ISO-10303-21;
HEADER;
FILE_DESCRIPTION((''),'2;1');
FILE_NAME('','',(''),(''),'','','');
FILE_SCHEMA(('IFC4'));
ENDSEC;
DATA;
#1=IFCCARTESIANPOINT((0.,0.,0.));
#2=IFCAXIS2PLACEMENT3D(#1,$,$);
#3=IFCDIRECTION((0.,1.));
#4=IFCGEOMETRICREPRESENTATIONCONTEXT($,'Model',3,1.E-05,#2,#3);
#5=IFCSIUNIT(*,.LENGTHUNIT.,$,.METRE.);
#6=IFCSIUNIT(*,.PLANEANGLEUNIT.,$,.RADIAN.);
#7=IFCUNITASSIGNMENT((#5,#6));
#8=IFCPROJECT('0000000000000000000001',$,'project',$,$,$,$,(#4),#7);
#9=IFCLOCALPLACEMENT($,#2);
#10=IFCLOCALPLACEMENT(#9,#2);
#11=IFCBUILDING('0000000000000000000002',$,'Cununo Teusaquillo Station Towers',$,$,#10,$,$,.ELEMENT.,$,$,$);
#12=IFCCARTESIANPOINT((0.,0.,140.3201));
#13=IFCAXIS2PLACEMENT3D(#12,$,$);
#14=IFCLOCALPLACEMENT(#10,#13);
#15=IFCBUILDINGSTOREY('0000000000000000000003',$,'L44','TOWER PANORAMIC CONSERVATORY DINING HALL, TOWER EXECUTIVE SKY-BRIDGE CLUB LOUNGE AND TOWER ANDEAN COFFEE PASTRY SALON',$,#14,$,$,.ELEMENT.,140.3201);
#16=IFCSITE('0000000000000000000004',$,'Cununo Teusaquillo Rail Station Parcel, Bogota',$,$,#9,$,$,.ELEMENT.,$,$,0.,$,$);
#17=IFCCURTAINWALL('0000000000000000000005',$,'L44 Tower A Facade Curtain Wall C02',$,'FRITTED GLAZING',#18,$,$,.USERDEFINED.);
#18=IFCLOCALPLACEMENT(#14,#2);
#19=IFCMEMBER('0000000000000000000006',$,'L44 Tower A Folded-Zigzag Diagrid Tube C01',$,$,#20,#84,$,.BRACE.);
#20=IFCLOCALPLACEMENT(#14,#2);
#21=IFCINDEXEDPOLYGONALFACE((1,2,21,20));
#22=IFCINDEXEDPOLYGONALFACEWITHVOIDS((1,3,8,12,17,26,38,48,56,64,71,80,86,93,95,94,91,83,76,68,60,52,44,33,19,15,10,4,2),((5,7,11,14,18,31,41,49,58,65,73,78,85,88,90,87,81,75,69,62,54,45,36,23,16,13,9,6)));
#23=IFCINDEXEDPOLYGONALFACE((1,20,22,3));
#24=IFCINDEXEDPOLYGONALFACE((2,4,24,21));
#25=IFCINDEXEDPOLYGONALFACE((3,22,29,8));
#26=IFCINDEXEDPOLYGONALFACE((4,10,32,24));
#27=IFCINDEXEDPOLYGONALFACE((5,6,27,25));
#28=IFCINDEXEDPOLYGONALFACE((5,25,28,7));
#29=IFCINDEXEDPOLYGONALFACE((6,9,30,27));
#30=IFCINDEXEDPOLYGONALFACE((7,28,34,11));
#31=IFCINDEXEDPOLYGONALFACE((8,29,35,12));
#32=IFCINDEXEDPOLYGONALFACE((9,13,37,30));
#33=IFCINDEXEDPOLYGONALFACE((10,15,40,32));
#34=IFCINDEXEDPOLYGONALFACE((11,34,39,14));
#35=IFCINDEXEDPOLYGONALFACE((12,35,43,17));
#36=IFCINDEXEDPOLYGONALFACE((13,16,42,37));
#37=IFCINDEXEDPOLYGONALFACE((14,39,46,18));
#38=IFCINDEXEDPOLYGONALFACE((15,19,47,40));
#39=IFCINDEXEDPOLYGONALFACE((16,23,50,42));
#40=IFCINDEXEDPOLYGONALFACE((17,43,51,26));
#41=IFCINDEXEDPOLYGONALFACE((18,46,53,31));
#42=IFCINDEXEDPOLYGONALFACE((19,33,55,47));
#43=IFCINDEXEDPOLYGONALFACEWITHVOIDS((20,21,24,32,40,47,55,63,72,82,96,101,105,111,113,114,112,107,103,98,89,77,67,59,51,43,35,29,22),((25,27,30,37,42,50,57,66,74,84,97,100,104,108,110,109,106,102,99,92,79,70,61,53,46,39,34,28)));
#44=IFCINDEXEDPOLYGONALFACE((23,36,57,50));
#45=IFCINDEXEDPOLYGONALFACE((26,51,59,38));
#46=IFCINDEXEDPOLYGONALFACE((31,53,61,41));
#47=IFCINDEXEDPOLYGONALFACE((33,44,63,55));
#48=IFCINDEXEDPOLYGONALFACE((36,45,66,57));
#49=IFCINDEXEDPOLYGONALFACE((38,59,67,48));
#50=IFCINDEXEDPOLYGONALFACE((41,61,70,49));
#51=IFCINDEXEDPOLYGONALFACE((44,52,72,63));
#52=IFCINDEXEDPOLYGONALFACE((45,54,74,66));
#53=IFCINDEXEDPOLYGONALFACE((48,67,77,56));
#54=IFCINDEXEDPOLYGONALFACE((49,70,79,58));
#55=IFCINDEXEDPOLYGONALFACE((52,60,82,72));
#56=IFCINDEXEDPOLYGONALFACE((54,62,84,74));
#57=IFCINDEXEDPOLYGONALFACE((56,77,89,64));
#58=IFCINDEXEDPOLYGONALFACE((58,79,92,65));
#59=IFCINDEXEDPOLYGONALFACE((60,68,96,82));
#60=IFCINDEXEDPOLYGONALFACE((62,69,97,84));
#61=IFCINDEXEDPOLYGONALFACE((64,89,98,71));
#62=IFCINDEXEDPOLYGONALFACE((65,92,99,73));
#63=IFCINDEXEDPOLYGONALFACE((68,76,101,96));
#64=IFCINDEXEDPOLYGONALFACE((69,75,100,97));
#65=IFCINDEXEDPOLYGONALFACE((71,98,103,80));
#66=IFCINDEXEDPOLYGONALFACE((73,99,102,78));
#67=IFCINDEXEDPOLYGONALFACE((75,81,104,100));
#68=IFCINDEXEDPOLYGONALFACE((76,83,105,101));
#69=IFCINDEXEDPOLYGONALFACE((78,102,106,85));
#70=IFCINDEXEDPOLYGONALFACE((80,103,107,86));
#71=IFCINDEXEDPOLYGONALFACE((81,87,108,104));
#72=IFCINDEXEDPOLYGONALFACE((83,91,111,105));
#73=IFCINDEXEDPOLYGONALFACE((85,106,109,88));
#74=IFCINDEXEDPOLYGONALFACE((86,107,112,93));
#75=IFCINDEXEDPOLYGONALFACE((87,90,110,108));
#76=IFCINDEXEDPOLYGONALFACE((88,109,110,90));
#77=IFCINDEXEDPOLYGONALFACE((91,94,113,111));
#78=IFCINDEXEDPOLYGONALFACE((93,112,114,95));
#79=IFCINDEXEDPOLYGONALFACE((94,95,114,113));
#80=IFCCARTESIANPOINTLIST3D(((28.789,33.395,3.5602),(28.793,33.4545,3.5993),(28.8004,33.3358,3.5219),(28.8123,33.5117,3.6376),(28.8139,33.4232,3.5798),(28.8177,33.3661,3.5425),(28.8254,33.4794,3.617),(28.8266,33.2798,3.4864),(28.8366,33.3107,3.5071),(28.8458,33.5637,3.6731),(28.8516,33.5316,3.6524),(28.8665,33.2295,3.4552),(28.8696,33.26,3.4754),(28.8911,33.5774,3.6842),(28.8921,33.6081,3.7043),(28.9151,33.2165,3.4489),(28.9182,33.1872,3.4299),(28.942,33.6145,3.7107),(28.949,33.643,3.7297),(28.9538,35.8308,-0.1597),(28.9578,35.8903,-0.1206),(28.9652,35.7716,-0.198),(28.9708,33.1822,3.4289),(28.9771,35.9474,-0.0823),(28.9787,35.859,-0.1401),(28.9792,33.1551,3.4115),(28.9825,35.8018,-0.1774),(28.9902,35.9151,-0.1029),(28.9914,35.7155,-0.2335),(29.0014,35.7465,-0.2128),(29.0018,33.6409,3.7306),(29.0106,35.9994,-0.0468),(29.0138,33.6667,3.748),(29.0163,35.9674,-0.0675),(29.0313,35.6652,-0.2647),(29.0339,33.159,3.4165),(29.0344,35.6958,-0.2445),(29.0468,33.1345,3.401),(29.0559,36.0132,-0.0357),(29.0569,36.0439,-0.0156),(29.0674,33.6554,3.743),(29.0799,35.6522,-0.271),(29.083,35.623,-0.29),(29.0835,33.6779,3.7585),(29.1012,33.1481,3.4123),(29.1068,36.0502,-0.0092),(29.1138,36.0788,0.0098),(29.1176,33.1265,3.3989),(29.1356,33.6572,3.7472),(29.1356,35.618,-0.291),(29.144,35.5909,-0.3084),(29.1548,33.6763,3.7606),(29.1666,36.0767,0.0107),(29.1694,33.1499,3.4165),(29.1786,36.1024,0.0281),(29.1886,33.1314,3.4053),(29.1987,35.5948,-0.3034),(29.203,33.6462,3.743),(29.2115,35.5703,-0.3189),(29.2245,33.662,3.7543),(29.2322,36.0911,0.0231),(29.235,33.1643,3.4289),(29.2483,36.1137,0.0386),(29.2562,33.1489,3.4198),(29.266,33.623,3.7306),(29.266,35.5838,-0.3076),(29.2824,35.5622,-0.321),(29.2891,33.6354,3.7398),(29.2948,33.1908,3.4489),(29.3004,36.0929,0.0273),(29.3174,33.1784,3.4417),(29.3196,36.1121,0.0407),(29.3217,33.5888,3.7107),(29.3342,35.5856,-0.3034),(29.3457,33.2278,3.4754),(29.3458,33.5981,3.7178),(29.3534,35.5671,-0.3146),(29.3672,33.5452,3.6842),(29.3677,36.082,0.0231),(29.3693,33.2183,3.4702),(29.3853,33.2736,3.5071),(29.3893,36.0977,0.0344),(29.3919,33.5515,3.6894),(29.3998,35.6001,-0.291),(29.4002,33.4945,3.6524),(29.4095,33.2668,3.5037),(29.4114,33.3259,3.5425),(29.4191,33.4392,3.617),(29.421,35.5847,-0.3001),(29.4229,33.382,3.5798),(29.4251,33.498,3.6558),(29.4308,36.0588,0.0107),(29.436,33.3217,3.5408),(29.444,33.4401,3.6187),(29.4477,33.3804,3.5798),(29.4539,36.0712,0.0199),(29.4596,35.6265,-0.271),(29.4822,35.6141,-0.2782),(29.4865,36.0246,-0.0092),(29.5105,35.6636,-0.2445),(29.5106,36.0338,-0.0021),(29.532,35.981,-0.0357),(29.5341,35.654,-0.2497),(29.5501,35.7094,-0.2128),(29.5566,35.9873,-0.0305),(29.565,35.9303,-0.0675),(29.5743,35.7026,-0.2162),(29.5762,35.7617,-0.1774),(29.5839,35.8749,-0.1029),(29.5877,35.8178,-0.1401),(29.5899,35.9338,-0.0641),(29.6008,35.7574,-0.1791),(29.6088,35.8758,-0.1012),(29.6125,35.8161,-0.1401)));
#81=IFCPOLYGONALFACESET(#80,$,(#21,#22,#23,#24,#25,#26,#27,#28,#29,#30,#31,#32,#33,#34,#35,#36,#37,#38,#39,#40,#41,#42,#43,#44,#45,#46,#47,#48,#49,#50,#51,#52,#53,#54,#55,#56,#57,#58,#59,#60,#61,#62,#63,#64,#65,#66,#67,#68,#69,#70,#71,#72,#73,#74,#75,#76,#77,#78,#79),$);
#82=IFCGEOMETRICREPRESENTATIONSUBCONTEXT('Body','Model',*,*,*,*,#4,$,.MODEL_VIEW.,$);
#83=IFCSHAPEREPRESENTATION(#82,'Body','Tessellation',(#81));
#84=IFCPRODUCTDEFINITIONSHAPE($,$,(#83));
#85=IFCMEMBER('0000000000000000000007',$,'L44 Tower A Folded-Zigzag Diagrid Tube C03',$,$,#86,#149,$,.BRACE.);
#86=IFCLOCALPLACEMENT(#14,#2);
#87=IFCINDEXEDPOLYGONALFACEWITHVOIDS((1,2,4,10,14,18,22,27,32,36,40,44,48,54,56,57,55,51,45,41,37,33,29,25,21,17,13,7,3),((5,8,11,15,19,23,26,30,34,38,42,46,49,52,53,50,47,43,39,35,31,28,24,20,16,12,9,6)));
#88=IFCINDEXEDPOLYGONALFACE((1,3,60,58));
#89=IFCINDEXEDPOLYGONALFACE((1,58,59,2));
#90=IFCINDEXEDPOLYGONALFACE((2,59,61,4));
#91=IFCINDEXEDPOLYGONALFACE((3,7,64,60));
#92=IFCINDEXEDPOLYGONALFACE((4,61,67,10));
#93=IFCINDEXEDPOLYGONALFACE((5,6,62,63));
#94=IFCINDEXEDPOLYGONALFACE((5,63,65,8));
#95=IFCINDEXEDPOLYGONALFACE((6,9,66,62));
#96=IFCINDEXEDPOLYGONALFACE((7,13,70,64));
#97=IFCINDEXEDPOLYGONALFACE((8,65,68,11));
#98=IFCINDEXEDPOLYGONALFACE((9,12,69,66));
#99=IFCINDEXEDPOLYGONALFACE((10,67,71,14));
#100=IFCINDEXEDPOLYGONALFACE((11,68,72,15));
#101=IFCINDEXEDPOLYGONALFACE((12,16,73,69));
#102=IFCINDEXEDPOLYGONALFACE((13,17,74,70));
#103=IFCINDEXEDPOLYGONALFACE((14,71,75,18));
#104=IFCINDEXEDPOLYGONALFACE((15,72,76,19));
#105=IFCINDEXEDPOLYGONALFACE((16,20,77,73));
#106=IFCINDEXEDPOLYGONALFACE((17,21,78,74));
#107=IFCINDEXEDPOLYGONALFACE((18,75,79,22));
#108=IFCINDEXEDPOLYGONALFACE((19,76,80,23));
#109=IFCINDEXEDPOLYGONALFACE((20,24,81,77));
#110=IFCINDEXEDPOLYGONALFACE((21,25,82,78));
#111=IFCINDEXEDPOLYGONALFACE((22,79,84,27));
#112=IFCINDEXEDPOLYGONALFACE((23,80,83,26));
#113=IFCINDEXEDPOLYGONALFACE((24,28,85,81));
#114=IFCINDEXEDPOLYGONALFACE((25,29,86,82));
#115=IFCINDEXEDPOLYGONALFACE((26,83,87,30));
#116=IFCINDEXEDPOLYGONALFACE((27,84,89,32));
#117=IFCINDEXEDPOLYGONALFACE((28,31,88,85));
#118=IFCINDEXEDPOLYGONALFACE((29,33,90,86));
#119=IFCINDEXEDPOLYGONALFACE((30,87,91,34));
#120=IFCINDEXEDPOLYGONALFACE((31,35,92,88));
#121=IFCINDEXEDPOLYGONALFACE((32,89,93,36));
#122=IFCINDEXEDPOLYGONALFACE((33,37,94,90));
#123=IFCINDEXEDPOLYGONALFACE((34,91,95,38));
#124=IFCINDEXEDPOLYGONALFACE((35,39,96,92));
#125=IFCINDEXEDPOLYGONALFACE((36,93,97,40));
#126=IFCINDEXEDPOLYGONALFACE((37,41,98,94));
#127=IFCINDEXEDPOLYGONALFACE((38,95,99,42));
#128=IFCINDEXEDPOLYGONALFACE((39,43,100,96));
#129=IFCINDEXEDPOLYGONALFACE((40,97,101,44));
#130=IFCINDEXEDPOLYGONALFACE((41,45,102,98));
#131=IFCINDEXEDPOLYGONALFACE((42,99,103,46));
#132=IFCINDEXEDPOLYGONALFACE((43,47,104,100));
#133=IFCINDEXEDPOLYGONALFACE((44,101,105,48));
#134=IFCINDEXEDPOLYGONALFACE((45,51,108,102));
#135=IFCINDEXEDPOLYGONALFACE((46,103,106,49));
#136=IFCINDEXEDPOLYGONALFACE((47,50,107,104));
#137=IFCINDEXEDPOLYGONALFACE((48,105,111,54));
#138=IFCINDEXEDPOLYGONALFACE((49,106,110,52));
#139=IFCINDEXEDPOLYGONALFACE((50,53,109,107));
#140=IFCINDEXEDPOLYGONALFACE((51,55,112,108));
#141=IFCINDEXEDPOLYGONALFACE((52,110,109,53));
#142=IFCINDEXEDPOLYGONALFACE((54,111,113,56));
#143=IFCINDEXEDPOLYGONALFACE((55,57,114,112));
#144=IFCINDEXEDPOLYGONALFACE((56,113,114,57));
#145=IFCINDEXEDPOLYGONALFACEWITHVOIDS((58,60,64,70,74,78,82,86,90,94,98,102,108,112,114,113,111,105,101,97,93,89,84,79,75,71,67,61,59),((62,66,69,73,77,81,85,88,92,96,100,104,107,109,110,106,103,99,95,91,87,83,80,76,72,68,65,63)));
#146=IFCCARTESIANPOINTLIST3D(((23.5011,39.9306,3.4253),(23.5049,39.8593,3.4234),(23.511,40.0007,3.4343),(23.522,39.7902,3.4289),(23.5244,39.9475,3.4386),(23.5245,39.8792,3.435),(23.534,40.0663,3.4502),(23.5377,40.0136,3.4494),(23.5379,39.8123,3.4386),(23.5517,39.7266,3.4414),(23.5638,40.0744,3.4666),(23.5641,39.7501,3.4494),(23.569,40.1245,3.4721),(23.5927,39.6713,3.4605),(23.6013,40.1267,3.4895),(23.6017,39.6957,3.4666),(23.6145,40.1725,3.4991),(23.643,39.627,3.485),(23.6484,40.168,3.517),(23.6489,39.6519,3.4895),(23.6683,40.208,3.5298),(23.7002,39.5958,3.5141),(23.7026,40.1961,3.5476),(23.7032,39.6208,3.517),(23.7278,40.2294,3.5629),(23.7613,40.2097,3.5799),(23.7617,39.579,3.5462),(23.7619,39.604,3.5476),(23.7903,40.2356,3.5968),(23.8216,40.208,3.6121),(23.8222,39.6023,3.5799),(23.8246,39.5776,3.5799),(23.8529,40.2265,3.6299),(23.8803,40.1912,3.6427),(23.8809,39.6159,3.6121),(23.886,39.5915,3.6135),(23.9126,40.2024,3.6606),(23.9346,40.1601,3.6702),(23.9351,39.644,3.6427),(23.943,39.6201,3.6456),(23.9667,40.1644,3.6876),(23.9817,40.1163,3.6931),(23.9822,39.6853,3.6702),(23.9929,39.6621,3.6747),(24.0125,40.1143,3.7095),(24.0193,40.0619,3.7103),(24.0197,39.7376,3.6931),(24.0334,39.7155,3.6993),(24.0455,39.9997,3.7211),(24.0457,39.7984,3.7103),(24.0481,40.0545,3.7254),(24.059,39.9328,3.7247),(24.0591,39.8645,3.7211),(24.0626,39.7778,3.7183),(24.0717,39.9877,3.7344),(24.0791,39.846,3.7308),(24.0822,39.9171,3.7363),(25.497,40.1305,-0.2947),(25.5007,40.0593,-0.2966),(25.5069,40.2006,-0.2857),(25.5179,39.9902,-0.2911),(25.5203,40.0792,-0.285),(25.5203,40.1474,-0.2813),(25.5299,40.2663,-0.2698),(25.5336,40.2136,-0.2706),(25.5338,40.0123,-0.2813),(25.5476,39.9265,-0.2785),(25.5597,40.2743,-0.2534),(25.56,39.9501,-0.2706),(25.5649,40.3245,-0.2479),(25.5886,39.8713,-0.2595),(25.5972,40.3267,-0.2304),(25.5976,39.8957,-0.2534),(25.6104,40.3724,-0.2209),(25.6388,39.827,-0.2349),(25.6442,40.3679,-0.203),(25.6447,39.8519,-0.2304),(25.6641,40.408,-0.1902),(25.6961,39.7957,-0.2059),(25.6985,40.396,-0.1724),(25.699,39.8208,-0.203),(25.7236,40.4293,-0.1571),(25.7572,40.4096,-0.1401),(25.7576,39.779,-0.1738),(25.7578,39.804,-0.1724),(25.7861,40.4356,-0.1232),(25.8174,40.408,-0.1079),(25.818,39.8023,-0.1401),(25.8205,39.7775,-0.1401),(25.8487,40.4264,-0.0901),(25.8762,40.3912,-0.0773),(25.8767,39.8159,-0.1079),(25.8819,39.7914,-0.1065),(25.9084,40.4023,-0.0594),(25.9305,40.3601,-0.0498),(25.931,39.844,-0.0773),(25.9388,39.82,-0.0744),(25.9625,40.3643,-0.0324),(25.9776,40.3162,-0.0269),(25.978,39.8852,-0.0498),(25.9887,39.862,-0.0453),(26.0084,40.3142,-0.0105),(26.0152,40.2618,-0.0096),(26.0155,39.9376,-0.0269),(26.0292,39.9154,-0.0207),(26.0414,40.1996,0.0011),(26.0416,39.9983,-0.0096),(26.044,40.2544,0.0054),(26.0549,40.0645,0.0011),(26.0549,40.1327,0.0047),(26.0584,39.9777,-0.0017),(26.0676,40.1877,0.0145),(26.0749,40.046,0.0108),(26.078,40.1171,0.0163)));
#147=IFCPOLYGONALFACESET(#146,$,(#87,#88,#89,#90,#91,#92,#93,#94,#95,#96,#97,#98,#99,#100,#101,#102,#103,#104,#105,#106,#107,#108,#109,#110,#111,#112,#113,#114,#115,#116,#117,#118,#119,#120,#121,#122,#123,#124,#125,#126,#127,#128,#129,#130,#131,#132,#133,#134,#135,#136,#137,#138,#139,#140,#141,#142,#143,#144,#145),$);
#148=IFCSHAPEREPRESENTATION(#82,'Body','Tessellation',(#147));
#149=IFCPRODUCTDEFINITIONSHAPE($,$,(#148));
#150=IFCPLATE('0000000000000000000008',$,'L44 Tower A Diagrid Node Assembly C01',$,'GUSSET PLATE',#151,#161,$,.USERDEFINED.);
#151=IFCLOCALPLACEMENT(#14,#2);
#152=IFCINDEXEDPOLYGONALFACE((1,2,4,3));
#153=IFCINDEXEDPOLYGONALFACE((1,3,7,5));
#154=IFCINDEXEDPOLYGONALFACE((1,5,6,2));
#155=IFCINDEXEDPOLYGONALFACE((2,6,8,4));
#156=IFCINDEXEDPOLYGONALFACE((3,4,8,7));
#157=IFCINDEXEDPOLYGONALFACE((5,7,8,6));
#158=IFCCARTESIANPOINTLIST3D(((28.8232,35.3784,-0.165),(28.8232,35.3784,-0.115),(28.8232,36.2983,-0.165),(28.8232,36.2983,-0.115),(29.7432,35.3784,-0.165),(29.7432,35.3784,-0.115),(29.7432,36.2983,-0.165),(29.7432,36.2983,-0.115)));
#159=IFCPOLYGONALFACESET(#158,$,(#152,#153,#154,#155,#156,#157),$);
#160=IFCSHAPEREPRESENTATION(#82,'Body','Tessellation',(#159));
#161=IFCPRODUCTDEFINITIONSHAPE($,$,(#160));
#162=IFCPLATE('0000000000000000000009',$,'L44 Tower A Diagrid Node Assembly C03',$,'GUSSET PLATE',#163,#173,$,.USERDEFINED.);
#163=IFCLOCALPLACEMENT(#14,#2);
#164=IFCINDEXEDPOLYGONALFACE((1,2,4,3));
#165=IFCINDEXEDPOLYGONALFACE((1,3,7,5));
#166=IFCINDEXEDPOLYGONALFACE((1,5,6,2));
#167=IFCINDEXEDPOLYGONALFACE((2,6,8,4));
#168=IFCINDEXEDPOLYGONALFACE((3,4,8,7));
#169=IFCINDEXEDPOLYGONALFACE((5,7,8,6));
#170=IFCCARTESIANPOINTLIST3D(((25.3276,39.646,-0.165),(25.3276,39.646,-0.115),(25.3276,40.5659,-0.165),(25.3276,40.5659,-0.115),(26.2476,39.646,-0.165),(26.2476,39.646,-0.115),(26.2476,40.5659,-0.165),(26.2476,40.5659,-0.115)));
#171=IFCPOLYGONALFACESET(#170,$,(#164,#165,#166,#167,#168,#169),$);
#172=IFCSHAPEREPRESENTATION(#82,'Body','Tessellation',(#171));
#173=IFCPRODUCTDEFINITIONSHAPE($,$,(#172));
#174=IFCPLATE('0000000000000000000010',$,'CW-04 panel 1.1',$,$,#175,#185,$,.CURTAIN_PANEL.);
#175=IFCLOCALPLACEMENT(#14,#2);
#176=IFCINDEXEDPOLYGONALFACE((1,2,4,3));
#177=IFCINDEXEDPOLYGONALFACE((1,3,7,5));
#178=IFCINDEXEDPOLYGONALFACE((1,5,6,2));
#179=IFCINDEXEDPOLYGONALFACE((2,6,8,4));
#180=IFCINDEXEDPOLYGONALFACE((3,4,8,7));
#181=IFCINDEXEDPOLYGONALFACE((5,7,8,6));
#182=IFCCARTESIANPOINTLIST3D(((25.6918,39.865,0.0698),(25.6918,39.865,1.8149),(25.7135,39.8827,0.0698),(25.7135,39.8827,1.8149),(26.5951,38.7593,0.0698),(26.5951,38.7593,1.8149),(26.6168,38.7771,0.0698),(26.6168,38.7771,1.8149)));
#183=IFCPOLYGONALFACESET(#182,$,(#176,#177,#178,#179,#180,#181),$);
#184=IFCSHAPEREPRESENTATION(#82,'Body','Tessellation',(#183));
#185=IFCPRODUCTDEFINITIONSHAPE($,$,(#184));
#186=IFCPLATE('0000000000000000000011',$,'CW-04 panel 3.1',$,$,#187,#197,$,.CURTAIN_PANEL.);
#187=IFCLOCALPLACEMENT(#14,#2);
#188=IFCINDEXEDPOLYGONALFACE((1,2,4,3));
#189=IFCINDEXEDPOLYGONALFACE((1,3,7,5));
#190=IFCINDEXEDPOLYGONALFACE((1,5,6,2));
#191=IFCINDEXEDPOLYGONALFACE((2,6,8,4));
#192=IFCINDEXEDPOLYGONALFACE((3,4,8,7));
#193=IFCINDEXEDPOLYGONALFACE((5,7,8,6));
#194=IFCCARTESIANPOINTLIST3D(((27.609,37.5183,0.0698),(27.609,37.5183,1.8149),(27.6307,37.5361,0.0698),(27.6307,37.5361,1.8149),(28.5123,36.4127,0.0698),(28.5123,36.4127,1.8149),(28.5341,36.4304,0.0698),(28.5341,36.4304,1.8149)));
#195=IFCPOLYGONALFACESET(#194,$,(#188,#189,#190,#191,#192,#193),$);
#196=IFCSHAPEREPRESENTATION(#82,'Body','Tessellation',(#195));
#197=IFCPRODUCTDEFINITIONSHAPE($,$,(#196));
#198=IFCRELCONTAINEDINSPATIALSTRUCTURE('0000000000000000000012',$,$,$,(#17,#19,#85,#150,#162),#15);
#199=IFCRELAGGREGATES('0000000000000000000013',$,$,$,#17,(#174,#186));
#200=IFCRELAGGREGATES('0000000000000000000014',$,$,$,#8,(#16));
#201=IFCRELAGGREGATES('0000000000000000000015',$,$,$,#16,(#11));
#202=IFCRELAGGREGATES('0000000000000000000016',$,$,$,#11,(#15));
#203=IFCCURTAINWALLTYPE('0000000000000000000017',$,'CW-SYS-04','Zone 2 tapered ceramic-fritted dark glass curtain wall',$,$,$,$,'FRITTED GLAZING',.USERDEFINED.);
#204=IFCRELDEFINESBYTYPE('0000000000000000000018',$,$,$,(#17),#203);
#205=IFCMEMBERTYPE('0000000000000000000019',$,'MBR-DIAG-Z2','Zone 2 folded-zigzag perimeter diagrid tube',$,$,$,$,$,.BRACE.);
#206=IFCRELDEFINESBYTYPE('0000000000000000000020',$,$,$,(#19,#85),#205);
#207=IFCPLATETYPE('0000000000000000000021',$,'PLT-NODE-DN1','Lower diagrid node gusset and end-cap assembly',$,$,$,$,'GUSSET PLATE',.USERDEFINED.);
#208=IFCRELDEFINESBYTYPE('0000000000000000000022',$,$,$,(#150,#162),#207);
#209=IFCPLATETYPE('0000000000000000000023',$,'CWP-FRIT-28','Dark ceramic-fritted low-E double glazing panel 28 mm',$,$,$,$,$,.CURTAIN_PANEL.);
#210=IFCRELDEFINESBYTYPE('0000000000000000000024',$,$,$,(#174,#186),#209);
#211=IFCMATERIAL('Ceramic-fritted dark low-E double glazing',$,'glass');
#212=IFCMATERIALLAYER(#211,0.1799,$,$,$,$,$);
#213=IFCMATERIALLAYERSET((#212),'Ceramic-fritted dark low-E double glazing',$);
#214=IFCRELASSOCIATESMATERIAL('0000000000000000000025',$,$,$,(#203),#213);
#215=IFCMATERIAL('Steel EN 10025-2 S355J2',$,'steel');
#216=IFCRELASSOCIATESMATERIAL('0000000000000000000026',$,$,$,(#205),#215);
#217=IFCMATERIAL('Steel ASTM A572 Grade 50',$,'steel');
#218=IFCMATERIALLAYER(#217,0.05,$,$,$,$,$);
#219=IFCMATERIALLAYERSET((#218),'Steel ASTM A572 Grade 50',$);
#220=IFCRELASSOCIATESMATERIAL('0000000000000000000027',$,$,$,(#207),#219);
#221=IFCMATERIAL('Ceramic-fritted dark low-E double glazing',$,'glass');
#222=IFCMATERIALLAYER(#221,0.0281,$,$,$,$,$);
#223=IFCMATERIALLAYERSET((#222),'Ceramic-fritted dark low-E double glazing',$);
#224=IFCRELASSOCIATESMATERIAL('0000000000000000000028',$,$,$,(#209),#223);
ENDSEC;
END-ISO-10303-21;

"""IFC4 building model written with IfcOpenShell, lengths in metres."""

from ifc_helpers import new_model, si_unit, direction, frame, origin, origin_2d, place, context, subcontext, project, spatial, rectangle, hollow_circle, extrude, source, transform, mapped, material, layer, layer_set, material_profile, profile_set, type_object, element, aggregate, save


model = new_model("IFC4")

# Units and contexts
model_context = context("Model", 3, precision=1e-05, world=origin(), true_north=direction((0.0, 1.0)))
body_context = subcontext(model_context, "Body", "Model", "MODEL_VIEW")
ifc_project = project(units=[si_unit("LENGTHUNIT", "METRE"), si_unit("PLANEANGLEUNIT", "RADIAN")], contexts=[model_context])

# Site, building, storey
site_placement = place(None, origin())
site = spatial("IfcSite", under=ifc_project, at=site_placement, Name="Cununo Teusaquillo Rail Station Parcel, Bogota", CompositionType="ELEMENT", RefElevation=0.0)
building_placement = place(site_placement, origin())
building = spatial("IfcBuilding", under=site, at=building_placement, Name="Cununo Teusaquillo Station Towers", CompositionType="ELEMENT")
storey_placement = place(building_placement, frame((0.0, 0.0, 140.3201)))
storey = spatial("IfcBuildingStorey", under=building, at=storey_placement, Name="L44", Description="TOWER PANORAMIC CONSERVATORY DINING HALL, TOWER EXECUTIVE SKY-BRIDGE CLUB LOUNGE AND TOWER ANDEAN COFFEE PASTRY SALON", CompositionType="ELEMENT", Elevation=140.3201)

# Curtain wall
ifc_material_1 = material(Name="Ceramic-fritted dark low-E double glazing", Category="glass")
ifc_layer_1 = layer(ifc_material_1, 0.1799)
ifc_layer_set_1 = layer_set([ifc_layer_1], Name="Ceramic-fritted dark low-E double glazing")
curtain_wall_type = type_object("IfcCurtainWallType", Name="CW-SYS-04", Description="Zone 2 tapered ceramic-fritted dark glass curtain wall", ElementType="FRITTED GLAZING", PredefinedType="USERDEFINED", material=ifc_layer_set_1)
curtain_wall_placement = place(storey_placement, origin())
curtain_wall = element("IfcCurtainWall", 1, at=curtain_wall_placement, inside=storey, type_object=curtain_wall_type, Name="L44 Tower A Facade Curtain Wall C02", ObjectType="FRITTED GLAZING", PredefinedType="USERDEFINED")

# Members
ifc_material_2 = material(Name="Steel EN 10025-2 S355J2", Category="steel")
ifc_material_profile_1 = material_profile(ifc_material_2, hollow_circle(Radius=0.3301, WallThickness=0.0249, at=origin_2d()), Name="CHS 660x25")
ifc_profile_set_1 = profile_set([ifc_material_profile_1], Name="Steel EN 10025-2 S355J2")
member_type_1 = type_object("IfcMemberType", Name="MBR-DIAG-Z2", Description="Zone 2 folded-zigzag perimeter diagrid tube", PredefinedType="BRACE", material=ifc_profile_set_1)
member_1_placement = place(storey_placement, frame((29.2832, 35.8384, -0.1401), z_axis=(-0.037036, -0.547425, 0.836035), x_axis=(0.997719, -0.067501, 0.0)))
element("IfcMember", 2, at=member_1_placement, inside=storey, type_object=member_type_1, Name="L44 Tower A Folded-Zigzag Diagrid Tube C01", PredefinedType="BRACE", context=body_context, shape_type="SweptSolid", body=[
    extrude(hollow_circle(Radius=0.3301, WallThickness=0.0249, at=origin_2d()), origin(), (0.0, 0.0, 1.0), 4.4495),
])
member_2_placement = place(storey_placement, frame((25.7876, 40.106, -0.1401), z_axis=(-0.472246, -0.047311, 0.880196), x_axis=(0.099684, -0.995019, 0.0)))
element("IfcMember", 3, at=member_2_placement, inside=storey, type_object=member_type_1, Name="L44 Tower A Folded-Zigzag Diagrid Tube C03", PredefinedType="BRACE", context=body_context, shape_type="SweptSolid", body=[
    extrude(hollow_circle(Radius=0.3301, WallThickness=0.0249, at=origin_2d()), origin(), (0.0, 0.0, 1.0), 4.2263),
])

# Plates
ifc_material_3 = material(Name="Steel ASTM A572 Grade 50", Category="steel")
ifc_layer_2 = layer(ifc_material_3, 0.05)
ifc_layer_set_2 = layer_set([ifc_layer_2], Name="Steel ASTM A572 Grade 50")
plate_type_1 = type_object("IfcPlateType", Name="PLT-NODE-DN1", Description="Lower diagrid node gusset and end-cap assembly", ElementType="GUSSET PLATE", PredefinedType="USERDEFINED", material=ifc_layer_set_2)
shared_shape_1 = source(origin(), body_context, "Body", "SweptSolid", [
    extrude(rectangle(XDim=0.9199, YDim=0.9199, at=origin_2d()), origin(), (0.0, 0.0, 1.0), 0.05),
])
for number, where, z_axis, x_axis, name in (
    (4, (29.2832, 35.8384, -0.165), (0.0, 0.0, 1.0), (1.0, 0.0, 0.0), "L44 Tower A Diagrid Node Assembly C01"),
    (5, (25.7876, 40.106, -0.165), (0.0, 0.0, 1.0), (1.0, 0.0, 0.0), "L44 Tower A Diagrid Node Assembly C03"),
):
    element("IfcPlate", number, at=place(storey_placement, frame(where, z_axis=z_axis, x_axis=x_axis)), inside=storey, type_object=plate_type_1, Name=name, ObjectType="GUSSET PLATE", PredefinedType="USERDEFINED", context=body_context, shape_type="MappedRepresentation", body=[
        mapped(shared_shape_1, transform((0.0, 0.0, 0.0), x_axis=(1.0, 0.0, 0.0), y_axis=(0.0, 1.0, 0.0), z_axis=(0.0, 0.0, 1.0), scale=1.0)),
    ])

# Plates
ifc_material_4 = material(Name="Ceramic-fritted dark low-E double glazing", Category="glass")
ifc_layer_3 = layer(ifc_material_4, 0.0281)
ifc_layer_set_3 = layer_set([ifc_layer_3], Name="Ceramic-fritted dark low-E double glazing")
plate_type_2 = type_object("IfcPlateType", Name="CWP-FRIT-28", Description="Dark ceramic-fritted low-E double glazing panel 28 mm", PredefinedType="CURTAIN_PANEL", material=ifc_layer_set_3)
shared_shape_2 = source(origin(), body_context, "Body", "SweptSolid", [
    extrude(rectangle(XDim=1.4277, YDim=0.0281, at=origin_2d()), origin(), (0.0, 0.0, 1.0), 1.7451),
])
plate_1_placement = place(storey_placement, frame((26.1543, 39.321, 0.0698), z_axis=(0.0, 0.0, 1.0), x_axis=(0.632704, -0.774394, 0.0)))
plate_1 = element("IfcPlate", 6, at=plate_1_placement, type_object=plate_type_2, Name="CW-04 panel 1.1", PredefinedType="CURTAIN_PANEL", context=body_context, shape_type="MappedRepresentation", body=[
    mapped(shared_shape_2, transform((0.0, 0.0, 0.0), x_axis=(1.0, 0.0, 0.0), y_axis=(0.0, 1.0, 0.0), z_axis=(0.0, 0.0, 1.0), scale=1.0)),
])
plate_2_placement = place(storey_placement, frame((28.0715, 36.9744, 0.0698), z_axis=(0.0, 0.0, 1.0), x_axis=(0.632704, -0.774394, 0.0)))
plate_2 = element("IfcPlate", 7, at=plate_2_placement, type_object=plate_type_2, Name="CW-04 panel 3.1", PredefinedType="CURTAIN_PANEL", context=body_context, shape_type="MappedRepresentation", body=[
    mapped(shared_shape_2, transform((0.0, 0.0, 0.0), x_axis=(1.0, 0.0, 0.0), y_axis=(0.0, 1.0, 0.0), z_axis=(0.0, 0.0, 1.0), scale=1.0)),
])
aggregate(curtain_wall, [plate_1, plate_2])

save(model, "model.ifc")
